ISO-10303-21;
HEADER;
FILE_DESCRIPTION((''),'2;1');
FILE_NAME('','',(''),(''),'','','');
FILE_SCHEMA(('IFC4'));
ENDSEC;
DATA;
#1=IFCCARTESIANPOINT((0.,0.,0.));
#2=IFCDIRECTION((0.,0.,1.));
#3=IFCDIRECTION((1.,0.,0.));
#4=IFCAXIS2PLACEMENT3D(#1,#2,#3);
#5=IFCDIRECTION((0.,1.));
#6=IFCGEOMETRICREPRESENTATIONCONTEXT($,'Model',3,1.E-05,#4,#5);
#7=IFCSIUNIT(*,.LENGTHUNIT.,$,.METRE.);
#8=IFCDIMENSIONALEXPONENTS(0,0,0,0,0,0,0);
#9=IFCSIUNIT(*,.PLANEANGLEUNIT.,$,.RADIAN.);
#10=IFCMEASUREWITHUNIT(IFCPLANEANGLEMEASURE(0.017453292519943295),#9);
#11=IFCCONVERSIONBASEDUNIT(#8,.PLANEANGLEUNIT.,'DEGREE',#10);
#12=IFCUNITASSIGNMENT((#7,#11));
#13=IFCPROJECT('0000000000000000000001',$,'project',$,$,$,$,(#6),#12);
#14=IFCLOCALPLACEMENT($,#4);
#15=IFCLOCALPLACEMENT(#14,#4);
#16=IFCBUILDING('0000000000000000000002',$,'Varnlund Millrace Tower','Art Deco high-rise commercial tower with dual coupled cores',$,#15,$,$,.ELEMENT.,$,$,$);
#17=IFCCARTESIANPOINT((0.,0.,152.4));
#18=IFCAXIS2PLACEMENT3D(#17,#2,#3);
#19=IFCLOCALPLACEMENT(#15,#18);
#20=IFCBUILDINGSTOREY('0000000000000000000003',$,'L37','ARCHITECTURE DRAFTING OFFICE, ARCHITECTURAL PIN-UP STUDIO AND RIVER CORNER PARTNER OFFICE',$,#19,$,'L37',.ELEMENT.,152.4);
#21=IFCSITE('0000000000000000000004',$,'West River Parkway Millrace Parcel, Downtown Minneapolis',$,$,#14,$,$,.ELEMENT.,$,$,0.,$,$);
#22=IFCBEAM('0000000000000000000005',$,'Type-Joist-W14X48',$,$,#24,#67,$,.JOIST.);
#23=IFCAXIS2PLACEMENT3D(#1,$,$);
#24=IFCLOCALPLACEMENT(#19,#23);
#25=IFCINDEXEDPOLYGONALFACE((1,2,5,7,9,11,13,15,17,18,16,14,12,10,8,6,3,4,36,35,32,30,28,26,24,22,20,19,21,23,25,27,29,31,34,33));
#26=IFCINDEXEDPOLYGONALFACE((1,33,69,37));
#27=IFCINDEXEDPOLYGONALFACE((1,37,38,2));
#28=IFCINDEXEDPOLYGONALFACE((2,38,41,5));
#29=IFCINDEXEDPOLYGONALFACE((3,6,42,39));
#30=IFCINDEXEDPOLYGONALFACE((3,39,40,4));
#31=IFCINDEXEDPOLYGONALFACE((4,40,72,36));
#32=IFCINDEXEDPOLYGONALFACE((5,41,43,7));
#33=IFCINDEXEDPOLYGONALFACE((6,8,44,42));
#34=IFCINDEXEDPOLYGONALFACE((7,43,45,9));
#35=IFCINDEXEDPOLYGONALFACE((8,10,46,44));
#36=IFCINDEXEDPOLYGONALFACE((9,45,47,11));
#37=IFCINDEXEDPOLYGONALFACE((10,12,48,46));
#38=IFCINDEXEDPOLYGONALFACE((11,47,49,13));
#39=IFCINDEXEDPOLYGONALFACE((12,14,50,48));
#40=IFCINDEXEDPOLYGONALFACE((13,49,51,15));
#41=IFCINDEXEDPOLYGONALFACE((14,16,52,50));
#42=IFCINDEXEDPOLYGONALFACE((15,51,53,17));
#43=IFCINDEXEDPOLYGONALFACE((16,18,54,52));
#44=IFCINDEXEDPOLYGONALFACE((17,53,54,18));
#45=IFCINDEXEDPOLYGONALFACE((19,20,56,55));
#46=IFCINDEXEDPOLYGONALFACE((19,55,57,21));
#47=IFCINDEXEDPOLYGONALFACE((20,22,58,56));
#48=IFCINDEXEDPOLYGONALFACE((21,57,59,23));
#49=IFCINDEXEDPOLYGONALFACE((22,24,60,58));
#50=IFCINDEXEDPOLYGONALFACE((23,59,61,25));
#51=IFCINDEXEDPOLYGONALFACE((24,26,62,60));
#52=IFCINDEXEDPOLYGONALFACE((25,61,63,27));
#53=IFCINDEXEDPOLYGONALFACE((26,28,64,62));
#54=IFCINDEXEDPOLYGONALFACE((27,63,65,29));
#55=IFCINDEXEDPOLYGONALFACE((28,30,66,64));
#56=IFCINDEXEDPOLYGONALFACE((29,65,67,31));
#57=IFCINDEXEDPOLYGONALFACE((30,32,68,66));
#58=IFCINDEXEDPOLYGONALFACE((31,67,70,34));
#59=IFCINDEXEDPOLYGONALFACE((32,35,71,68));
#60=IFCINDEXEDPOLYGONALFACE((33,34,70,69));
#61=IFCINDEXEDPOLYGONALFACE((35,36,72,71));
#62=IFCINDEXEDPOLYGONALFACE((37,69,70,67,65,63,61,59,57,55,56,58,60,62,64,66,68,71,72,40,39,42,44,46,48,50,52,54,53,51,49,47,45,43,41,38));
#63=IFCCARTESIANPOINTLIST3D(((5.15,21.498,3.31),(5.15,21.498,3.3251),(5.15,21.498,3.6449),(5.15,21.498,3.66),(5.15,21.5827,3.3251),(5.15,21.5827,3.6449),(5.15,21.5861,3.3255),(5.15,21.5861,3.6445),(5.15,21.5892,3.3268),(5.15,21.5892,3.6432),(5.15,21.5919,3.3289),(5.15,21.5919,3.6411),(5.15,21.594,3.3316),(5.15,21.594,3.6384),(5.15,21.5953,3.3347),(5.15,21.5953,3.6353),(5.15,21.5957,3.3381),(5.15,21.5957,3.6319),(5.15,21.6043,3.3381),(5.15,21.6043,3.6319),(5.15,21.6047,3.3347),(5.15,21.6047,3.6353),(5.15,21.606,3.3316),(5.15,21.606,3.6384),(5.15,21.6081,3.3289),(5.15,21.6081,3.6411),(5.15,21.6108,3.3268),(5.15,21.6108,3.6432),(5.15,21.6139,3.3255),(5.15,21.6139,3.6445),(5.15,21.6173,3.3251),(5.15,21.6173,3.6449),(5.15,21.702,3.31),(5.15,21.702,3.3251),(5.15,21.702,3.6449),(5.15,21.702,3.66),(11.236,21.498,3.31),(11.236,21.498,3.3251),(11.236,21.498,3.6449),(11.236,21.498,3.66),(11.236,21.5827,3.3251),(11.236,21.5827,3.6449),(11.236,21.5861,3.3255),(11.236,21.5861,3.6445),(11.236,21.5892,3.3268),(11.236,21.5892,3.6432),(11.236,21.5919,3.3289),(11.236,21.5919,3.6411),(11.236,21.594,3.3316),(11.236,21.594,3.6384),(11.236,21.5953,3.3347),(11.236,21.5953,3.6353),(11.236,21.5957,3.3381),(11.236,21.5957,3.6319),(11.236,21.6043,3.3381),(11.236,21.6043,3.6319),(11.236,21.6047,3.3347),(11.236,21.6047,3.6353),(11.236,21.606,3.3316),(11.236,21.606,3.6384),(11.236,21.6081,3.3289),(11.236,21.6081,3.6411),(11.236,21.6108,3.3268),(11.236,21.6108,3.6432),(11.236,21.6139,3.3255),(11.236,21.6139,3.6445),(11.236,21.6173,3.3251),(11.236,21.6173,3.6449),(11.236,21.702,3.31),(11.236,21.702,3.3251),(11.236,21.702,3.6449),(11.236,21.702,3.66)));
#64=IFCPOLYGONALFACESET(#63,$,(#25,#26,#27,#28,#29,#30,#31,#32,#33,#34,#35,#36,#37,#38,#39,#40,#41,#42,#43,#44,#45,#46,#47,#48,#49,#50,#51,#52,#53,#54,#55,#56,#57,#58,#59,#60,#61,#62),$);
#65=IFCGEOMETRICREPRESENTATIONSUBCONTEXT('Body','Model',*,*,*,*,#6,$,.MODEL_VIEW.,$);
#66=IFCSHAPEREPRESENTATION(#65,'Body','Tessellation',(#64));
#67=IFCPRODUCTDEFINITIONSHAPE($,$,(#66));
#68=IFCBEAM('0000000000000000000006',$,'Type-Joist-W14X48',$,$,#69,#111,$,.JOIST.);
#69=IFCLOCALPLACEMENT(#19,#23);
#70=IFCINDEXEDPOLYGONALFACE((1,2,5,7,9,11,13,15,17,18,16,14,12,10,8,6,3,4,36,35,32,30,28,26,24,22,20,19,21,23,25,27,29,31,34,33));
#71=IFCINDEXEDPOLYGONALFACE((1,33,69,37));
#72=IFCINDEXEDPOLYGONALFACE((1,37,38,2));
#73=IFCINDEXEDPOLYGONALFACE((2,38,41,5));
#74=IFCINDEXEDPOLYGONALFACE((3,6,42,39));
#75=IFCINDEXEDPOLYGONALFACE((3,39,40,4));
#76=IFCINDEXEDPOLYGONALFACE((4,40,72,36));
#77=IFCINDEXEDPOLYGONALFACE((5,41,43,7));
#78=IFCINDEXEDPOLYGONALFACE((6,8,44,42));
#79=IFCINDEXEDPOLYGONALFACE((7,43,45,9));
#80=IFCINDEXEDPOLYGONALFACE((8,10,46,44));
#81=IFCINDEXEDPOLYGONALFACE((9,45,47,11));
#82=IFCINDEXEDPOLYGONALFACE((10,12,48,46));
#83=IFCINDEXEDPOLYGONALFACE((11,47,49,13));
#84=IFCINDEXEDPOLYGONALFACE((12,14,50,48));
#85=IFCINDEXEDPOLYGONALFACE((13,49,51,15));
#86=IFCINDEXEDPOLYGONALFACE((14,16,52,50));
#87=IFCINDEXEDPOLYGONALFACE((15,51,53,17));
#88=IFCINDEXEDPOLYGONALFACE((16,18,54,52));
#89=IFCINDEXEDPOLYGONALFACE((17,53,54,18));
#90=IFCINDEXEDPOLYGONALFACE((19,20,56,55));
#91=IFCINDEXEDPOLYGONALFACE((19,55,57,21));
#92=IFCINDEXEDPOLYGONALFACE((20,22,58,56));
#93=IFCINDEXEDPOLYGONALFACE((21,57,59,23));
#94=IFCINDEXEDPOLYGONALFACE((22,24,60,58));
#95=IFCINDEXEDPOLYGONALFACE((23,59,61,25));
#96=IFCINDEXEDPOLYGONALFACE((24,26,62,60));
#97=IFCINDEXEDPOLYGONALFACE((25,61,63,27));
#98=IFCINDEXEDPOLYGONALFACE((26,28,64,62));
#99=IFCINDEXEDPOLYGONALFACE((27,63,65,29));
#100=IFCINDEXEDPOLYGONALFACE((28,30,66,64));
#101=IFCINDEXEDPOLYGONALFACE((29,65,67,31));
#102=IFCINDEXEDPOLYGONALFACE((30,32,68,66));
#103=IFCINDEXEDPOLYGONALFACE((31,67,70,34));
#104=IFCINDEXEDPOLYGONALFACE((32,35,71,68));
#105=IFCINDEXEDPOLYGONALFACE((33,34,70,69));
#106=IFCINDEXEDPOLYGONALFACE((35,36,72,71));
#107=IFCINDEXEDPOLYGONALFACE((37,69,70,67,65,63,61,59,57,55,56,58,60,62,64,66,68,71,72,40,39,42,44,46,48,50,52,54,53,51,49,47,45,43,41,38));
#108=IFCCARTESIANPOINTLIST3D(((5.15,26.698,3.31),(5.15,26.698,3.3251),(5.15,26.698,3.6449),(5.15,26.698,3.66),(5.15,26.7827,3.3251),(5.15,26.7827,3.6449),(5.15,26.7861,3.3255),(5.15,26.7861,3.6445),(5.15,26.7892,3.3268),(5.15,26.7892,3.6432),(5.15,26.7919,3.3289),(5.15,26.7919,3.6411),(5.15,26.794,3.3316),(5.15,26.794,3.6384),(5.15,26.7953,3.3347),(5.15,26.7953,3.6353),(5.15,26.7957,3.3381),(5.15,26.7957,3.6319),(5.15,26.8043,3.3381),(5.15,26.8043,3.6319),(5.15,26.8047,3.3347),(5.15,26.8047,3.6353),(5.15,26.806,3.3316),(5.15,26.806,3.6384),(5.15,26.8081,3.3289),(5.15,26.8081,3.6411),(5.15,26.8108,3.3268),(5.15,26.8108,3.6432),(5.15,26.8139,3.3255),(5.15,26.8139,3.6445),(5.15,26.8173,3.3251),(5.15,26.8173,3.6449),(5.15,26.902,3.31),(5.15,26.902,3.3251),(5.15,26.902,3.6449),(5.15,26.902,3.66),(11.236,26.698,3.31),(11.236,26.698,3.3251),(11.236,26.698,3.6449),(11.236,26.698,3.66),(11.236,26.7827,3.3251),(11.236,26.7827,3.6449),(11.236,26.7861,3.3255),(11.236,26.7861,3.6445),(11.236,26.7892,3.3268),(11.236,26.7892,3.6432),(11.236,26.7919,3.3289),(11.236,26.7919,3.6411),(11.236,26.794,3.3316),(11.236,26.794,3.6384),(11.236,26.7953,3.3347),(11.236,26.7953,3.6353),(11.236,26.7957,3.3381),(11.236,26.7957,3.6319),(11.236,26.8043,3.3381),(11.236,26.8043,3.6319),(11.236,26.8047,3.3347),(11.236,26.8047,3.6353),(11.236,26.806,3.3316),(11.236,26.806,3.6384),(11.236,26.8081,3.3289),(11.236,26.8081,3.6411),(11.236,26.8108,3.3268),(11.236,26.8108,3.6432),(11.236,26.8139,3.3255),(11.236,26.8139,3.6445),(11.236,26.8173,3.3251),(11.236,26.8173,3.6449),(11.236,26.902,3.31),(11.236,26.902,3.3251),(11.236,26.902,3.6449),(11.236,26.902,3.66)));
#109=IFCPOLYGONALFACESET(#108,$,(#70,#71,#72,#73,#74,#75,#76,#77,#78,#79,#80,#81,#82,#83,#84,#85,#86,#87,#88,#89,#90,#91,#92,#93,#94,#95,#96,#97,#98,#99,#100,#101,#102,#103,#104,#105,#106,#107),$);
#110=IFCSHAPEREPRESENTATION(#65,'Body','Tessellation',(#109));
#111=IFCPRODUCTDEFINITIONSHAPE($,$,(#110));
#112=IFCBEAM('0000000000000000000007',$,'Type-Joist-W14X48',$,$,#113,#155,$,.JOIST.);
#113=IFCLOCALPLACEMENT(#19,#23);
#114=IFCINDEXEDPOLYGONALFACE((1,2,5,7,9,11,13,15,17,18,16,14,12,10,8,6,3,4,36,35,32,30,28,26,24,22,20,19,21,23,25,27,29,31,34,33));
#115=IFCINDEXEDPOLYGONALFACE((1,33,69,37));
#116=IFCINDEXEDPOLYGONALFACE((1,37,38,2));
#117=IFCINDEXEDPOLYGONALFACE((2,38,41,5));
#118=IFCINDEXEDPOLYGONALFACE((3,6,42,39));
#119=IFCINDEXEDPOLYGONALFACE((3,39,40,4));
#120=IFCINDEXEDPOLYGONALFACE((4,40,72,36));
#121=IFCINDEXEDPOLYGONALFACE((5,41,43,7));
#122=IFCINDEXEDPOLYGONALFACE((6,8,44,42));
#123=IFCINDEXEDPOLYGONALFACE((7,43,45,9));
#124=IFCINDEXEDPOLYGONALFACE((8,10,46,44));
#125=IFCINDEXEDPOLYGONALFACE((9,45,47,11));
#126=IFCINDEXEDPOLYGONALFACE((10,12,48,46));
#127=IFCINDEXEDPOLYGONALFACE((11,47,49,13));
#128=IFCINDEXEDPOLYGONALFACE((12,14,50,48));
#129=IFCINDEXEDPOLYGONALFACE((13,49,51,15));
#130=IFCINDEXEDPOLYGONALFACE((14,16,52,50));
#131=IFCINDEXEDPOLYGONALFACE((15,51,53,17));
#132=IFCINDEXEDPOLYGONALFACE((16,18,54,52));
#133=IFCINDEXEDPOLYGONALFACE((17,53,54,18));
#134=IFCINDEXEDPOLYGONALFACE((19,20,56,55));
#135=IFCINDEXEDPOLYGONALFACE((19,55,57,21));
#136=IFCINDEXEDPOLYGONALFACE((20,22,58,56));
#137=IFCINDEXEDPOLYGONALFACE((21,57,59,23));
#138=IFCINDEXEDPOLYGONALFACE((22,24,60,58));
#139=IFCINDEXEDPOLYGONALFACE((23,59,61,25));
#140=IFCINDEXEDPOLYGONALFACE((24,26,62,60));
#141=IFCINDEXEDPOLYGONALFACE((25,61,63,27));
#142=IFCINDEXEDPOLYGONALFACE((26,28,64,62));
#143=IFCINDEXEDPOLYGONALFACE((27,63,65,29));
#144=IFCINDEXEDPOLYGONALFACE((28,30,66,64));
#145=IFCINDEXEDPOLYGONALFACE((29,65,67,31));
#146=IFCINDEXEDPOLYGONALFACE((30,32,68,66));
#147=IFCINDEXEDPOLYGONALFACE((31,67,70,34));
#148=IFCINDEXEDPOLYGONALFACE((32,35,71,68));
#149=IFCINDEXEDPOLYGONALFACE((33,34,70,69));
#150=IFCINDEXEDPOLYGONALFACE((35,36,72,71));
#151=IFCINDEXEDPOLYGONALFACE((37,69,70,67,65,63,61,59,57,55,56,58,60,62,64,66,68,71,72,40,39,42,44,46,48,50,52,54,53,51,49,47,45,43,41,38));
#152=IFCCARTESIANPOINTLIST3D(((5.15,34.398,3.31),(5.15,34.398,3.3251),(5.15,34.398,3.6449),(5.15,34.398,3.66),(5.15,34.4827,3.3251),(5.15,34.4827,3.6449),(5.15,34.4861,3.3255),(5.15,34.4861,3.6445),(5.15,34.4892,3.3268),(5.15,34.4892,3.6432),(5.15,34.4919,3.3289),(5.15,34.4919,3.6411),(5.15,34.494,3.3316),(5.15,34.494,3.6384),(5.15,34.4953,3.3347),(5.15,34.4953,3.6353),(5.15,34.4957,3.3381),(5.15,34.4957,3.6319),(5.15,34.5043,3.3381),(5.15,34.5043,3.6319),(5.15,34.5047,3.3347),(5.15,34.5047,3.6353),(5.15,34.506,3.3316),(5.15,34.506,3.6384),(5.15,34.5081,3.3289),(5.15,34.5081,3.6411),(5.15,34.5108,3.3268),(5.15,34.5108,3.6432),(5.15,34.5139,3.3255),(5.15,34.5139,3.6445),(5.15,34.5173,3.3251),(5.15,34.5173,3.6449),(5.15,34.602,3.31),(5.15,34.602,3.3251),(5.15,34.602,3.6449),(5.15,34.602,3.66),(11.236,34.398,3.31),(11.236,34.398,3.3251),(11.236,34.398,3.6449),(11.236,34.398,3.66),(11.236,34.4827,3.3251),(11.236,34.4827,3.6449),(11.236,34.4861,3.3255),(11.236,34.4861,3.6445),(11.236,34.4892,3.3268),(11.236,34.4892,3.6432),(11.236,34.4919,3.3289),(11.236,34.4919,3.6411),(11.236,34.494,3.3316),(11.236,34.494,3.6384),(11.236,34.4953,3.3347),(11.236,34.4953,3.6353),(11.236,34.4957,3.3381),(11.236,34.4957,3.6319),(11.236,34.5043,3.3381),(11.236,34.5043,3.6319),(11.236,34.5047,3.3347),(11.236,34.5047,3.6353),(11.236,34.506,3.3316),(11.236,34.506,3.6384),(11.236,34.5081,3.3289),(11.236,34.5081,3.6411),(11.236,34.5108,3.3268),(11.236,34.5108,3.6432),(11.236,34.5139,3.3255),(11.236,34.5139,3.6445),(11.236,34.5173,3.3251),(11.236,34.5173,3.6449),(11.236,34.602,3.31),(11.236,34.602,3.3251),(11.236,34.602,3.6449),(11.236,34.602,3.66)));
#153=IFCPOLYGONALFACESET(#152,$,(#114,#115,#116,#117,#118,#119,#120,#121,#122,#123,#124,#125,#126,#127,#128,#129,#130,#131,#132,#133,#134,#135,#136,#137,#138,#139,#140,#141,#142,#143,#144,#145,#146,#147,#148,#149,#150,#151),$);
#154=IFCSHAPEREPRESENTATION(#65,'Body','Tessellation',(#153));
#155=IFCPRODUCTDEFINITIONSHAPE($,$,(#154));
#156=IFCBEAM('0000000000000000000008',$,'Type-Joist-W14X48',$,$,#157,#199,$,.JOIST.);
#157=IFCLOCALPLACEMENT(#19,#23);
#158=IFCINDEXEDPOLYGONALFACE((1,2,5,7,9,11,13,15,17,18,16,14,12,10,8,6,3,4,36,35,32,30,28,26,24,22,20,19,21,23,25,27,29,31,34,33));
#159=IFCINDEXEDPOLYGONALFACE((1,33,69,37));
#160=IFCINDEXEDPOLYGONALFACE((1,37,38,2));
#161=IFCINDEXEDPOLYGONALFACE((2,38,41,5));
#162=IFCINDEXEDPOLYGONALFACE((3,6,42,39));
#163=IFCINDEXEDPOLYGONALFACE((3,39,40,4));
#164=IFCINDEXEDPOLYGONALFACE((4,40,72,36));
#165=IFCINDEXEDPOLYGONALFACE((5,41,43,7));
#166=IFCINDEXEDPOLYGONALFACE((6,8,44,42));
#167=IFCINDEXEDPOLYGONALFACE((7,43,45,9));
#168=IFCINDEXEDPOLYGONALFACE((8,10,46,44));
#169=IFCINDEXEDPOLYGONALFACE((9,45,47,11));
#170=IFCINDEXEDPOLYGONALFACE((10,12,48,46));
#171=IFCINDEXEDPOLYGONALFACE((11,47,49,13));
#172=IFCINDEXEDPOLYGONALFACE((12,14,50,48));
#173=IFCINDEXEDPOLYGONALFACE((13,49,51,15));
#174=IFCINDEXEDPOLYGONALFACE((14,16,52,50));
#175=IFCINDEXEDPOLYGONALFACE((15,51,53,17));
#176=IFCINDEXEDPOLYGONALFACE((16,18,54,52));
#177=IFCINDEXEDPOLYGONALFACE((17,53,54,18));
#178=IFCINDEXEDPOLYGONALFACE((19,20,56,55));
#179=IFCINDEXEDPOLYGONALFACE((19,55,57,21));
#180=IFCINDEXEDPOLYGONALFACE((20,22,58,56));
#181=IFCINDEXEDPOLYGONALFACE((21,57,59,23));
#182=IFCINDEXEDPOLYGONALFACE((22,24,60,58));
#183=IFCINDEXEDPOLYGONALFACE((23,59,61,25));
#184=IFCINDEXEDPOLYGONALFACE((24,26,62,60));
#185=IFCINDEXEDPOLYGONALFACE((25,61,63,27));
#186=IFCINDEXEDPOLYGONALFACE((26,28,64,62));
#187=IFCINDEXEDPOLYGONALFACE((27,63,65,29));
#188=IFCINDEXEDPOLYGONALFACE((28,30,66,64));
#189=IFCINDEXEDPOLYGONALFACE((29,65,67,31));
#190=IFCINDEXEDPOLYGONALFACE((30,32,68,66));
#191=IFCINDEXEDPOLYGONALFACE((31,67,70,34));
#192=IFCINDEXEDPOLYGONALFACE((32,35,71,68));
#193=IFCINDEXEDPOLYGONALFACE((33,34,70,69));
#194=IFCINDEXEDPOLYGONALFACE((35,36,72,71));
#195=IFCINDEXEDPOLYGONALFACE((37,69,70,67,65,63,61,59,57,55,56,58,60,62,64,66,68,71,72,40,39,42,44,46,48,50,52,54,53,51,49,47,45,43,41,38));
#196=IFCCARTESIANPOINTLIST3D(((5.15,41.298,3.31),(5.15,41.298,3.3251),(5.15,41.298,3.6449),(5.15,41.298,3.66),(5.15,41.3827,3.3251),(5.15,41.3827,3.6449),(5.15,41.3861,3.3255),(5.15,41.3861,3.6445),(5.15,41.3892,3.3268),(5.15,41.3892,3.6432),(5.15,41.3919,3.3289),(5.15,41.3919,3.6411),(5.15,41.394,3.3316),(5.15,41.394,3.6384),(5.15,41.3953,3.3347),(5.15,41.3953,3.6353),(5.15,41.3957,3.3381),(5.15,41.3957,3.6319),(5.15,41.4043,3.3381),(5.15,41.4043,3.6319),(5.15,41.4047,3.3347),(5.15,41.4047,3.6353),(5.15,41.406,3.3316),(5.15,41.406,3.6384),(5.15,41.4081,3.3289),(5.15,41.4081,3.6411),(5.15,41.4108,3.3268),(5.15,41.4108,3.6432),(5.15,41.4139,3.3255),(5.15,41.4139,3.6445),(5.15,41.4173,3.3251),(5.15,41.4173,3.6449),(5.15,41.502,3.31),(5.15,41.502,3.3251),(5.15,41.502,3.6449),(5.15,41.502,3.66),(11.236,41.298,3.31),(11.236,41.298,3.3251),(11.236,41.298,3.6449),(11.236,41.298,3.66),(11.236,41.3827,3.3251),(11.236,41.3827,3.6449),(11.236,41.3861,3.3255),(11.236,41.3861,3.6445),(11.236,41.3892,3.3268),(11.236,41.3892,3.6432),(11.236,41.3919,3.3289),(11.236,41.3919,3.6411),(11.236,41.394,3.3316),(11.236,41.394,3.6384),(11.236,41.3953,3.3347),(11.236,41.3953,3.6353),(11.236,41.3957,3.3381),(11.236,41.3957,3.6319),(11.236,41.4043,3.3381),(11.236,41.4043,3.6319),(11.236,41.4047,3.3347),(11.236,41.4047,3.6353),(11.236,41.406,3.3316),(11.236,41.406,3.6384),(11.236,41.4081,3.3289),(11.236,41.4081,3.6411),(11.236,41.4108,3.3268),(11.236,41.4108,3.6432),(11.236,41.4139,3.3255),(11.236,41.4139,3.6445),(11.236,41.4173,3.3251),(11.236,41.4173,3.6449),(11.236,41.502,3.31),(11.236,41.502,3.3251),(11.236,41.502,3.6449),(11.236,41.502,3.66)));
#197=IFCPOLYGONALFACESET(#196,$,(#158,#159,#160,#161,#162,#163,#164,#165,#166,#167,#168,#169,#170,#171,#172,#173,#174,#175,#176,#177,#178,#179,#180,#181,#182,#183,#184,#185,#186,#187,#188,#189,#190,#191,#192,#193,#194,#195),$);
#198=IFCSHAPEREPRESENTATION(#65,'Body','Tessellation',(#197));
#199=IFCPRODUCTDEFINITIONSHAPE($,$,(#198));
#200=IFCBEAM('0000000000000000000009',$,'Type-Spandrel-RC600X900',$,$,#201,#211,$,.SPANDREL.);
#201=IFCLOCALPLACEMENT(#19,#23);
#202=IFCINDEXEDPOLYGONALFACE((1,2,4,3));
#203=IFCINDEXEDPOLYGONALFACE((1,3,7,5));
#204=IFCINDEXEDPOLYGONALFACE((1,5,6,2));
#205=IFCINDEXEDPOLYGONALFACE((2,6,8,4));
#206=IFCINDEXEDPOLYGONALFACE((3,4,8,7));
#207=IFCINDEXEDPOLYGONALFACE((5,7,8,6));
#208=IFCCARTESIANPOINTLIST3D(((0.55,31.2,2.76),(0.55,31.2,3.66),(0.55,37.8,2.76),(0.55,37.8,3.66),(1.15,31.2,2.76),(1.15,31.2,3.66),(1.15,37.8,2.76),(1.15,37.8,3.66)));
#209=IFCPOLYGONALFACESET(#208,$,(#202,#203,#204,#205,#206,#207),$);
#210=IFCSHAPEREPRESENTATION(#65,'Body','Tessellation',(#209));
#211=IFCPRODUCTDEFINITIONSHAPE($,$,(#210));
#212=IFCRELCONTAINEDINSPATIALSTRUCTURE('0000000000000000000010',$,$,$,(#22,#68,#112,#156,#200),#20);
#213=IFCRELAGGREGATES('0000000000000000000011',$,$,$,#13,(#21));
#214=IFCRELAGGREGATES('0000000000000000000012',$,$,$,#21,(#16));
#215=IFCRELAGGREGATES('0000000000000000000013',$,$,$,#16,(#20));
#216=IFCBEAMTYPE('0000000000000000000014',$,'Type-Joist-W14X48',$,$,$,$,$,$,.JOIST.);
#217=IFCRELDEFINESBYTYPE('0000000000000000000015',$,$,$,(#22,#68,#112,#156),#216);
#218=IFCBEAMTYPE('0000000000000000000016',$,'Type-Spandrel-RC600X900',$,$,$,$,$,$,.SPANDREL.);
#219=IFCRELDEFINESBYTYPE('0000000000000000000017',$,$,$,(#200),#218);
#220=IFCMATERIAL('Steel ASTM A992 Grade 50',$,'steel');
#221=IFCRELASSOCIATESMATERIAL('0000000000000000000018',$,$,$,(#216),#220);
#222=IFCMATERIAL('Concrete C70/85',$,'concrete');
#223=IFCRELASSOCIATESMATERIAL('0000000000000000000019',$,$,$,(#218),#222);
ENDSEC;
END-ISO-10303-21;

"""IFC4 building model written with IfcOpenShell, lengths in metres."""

from ifc_helpers import new_model, entity, si_unit, converted_unit, direction, frame, origin_with_axes, origin_2d_with_axis, place, context, subcontext, project, spatial, rectangle, i_section, extrude, material, material_profile, profile_set, type_object, element, save


model = new_model("IFC4")

# Units and contexts
model_context = context("Model", 3, precision=1e-05, world=origin_with_axes(), true_north=direction((0.0, 1.0)))
body_context = subcontext(model_context, "Body", "Model", "MODEL_VIEW")
ifc_project = project(units=[si_unit("LENGTHUNIT", "METRE"), converted_unit("PLANEANGLEUNIT", "DEGREE", entity("IfcPlaneAngleMeasure", 0.017453292519943295), si_unit("PLANEANGLEUNIT", "RADIAN"), dimensions=[0, 0, 0, 0, 0, 0, 0])], contexts=[model_context])

# Site, building, storey
site_placement = place(None, origin_with_axes())
site = spatial("IfcSite", under=ifc_project, at=site_placement, Name="West River Parkway Millrace Parcel, Downtown Minneapolis", CompositionType="ELEMENT", RefElevation=0.0)
building_placement = place(site_placement, origin_with_axes())
building = spatial("IfcBuilding", under=site, at=building_placement, Name="Varnlund Millrace Tower", Description="Art Deco high-rise commercial tower with dual coupled cores", CompositionType="ELEMENT")
storey_placement = place(building_placement, frame((0.0, 0.0, 152.4), z_axis=(0.0, 0.0, 1.0), x_axis=(1.0, 0.0, 0.0)))
storey = spatial("IfcBuildingStorey", under=building, at=storey_placement, Name="L37", Description="ARCHITECTURE DRAFTING OFFICE, ARCHITECTURAL PIN-UP STUDIO AND RIVER CORNER PARTNER OFFICE", LongName="L37", CompositionType="ELEMENT", Elevation=152.4)

# Beams
ifc_material_1 = material(Name="Steel ASTM A992 Grade 50", Category="steel")
ifc_material_profile_1 = material_profile(ifc_material_1, i_section(OverallWidth=0.204, OverallDepth=0.35, WebThickness=0.0086, FlangeThickness=0.0151, FilletRadius=0.013, at=origin_2d_with_axis()), Name="Steel ASTM A992 Grade 50")
ifc_profile_set_1 = profile_set([ifc_material_profile_1], Name="Steel ASTM A992 Grade 50")
beam_type_1 = type_object("IfcBeamType", Name="Type-Joist-W14X48", PredefinedType="JOIST", material=ifc_profile_set_1)
for number, where, z_axis, x_axis, name in (
    (1, (5.15, 21.6, 3.485), (1.0, 0.0, 0.0), (0.0, 1.0, 0.0), "Type-Joist-W14X48"),
    (2, (5.15, 26.8, 3.485), (1.0, 0.0, 0.0), (0.0, 1.0, 0.0), "Type-Joist-W14X48"),
    (3, (5.15, 34.5, 3.485), (1.0, 0.0, 0.0), (0.0, 1.0, 0.0), "Type-Joist-W14X48"),
    (4, (5.15, 41.4, 3.485), (1.0, 0.0, 0.0), (0.0, 1.0, 0.0), "Type-Joist-W14X48"),
):
    element("IfcBeam", number, at=place(storey_placement, frame(where, z_axis=z_axis, x_axis=x_axis)), inside=storey, type_object=beam_type_1, Name=name, PredefinedType="JOIST", context=body_context, shape_type="SweptSolid", body=[
        extrude(i_section(OverallWidth=0.204, OverallDepth=0.35, WebThickness=0.0086, FlangeThickness=0.0151, FilletRadius=0.013, at=origin_2d_with_axis()), origin_with_axes(), (0.0, 0.0, 1.0), 6.086),
    ])
ifc_material_2 = material(Name="Concrete C70/85", Category="concrete")
ifc_material_profile_2 = material_profile(ifc_material_2, rectangle(XDim=0.6, YDim=0.9, at=origin_2d_with_axis()), Name="Concrete C70/85")
ifc_profile_set_2 = profile_set([ifc_material_profile_2], Name="Concrete C70/85")
beam_type_2 = type_object("IfcBeamType", Name="Type-Spandrel-RC600X900", PredefinedType="SPANDREL", material=ifc_profile_set_2)
beam_1_placement = place(storey_placement, frame((0.85, 31.2, 3.21), z_axis=(0.0, 1.0, 0.0), x_axis=(-1.0, 0.0, 0.0)))
element("IfcBeam", 5, at=beam_1_placement, inside=storey, type_object=beam_type_2, Name="Type-Spandrel-RC600X900", PredefinedType="SPANDREL", context=body_context, shape_type="SweptSolid", body=[
    extrude(rectangle(XDim=0.6, YDim=0.9, at=origin_2d_with_axis()), origin_with_axes(), (0.0, 0.0, 1.0), 6.6),
])

save(model, "model.ifc")
